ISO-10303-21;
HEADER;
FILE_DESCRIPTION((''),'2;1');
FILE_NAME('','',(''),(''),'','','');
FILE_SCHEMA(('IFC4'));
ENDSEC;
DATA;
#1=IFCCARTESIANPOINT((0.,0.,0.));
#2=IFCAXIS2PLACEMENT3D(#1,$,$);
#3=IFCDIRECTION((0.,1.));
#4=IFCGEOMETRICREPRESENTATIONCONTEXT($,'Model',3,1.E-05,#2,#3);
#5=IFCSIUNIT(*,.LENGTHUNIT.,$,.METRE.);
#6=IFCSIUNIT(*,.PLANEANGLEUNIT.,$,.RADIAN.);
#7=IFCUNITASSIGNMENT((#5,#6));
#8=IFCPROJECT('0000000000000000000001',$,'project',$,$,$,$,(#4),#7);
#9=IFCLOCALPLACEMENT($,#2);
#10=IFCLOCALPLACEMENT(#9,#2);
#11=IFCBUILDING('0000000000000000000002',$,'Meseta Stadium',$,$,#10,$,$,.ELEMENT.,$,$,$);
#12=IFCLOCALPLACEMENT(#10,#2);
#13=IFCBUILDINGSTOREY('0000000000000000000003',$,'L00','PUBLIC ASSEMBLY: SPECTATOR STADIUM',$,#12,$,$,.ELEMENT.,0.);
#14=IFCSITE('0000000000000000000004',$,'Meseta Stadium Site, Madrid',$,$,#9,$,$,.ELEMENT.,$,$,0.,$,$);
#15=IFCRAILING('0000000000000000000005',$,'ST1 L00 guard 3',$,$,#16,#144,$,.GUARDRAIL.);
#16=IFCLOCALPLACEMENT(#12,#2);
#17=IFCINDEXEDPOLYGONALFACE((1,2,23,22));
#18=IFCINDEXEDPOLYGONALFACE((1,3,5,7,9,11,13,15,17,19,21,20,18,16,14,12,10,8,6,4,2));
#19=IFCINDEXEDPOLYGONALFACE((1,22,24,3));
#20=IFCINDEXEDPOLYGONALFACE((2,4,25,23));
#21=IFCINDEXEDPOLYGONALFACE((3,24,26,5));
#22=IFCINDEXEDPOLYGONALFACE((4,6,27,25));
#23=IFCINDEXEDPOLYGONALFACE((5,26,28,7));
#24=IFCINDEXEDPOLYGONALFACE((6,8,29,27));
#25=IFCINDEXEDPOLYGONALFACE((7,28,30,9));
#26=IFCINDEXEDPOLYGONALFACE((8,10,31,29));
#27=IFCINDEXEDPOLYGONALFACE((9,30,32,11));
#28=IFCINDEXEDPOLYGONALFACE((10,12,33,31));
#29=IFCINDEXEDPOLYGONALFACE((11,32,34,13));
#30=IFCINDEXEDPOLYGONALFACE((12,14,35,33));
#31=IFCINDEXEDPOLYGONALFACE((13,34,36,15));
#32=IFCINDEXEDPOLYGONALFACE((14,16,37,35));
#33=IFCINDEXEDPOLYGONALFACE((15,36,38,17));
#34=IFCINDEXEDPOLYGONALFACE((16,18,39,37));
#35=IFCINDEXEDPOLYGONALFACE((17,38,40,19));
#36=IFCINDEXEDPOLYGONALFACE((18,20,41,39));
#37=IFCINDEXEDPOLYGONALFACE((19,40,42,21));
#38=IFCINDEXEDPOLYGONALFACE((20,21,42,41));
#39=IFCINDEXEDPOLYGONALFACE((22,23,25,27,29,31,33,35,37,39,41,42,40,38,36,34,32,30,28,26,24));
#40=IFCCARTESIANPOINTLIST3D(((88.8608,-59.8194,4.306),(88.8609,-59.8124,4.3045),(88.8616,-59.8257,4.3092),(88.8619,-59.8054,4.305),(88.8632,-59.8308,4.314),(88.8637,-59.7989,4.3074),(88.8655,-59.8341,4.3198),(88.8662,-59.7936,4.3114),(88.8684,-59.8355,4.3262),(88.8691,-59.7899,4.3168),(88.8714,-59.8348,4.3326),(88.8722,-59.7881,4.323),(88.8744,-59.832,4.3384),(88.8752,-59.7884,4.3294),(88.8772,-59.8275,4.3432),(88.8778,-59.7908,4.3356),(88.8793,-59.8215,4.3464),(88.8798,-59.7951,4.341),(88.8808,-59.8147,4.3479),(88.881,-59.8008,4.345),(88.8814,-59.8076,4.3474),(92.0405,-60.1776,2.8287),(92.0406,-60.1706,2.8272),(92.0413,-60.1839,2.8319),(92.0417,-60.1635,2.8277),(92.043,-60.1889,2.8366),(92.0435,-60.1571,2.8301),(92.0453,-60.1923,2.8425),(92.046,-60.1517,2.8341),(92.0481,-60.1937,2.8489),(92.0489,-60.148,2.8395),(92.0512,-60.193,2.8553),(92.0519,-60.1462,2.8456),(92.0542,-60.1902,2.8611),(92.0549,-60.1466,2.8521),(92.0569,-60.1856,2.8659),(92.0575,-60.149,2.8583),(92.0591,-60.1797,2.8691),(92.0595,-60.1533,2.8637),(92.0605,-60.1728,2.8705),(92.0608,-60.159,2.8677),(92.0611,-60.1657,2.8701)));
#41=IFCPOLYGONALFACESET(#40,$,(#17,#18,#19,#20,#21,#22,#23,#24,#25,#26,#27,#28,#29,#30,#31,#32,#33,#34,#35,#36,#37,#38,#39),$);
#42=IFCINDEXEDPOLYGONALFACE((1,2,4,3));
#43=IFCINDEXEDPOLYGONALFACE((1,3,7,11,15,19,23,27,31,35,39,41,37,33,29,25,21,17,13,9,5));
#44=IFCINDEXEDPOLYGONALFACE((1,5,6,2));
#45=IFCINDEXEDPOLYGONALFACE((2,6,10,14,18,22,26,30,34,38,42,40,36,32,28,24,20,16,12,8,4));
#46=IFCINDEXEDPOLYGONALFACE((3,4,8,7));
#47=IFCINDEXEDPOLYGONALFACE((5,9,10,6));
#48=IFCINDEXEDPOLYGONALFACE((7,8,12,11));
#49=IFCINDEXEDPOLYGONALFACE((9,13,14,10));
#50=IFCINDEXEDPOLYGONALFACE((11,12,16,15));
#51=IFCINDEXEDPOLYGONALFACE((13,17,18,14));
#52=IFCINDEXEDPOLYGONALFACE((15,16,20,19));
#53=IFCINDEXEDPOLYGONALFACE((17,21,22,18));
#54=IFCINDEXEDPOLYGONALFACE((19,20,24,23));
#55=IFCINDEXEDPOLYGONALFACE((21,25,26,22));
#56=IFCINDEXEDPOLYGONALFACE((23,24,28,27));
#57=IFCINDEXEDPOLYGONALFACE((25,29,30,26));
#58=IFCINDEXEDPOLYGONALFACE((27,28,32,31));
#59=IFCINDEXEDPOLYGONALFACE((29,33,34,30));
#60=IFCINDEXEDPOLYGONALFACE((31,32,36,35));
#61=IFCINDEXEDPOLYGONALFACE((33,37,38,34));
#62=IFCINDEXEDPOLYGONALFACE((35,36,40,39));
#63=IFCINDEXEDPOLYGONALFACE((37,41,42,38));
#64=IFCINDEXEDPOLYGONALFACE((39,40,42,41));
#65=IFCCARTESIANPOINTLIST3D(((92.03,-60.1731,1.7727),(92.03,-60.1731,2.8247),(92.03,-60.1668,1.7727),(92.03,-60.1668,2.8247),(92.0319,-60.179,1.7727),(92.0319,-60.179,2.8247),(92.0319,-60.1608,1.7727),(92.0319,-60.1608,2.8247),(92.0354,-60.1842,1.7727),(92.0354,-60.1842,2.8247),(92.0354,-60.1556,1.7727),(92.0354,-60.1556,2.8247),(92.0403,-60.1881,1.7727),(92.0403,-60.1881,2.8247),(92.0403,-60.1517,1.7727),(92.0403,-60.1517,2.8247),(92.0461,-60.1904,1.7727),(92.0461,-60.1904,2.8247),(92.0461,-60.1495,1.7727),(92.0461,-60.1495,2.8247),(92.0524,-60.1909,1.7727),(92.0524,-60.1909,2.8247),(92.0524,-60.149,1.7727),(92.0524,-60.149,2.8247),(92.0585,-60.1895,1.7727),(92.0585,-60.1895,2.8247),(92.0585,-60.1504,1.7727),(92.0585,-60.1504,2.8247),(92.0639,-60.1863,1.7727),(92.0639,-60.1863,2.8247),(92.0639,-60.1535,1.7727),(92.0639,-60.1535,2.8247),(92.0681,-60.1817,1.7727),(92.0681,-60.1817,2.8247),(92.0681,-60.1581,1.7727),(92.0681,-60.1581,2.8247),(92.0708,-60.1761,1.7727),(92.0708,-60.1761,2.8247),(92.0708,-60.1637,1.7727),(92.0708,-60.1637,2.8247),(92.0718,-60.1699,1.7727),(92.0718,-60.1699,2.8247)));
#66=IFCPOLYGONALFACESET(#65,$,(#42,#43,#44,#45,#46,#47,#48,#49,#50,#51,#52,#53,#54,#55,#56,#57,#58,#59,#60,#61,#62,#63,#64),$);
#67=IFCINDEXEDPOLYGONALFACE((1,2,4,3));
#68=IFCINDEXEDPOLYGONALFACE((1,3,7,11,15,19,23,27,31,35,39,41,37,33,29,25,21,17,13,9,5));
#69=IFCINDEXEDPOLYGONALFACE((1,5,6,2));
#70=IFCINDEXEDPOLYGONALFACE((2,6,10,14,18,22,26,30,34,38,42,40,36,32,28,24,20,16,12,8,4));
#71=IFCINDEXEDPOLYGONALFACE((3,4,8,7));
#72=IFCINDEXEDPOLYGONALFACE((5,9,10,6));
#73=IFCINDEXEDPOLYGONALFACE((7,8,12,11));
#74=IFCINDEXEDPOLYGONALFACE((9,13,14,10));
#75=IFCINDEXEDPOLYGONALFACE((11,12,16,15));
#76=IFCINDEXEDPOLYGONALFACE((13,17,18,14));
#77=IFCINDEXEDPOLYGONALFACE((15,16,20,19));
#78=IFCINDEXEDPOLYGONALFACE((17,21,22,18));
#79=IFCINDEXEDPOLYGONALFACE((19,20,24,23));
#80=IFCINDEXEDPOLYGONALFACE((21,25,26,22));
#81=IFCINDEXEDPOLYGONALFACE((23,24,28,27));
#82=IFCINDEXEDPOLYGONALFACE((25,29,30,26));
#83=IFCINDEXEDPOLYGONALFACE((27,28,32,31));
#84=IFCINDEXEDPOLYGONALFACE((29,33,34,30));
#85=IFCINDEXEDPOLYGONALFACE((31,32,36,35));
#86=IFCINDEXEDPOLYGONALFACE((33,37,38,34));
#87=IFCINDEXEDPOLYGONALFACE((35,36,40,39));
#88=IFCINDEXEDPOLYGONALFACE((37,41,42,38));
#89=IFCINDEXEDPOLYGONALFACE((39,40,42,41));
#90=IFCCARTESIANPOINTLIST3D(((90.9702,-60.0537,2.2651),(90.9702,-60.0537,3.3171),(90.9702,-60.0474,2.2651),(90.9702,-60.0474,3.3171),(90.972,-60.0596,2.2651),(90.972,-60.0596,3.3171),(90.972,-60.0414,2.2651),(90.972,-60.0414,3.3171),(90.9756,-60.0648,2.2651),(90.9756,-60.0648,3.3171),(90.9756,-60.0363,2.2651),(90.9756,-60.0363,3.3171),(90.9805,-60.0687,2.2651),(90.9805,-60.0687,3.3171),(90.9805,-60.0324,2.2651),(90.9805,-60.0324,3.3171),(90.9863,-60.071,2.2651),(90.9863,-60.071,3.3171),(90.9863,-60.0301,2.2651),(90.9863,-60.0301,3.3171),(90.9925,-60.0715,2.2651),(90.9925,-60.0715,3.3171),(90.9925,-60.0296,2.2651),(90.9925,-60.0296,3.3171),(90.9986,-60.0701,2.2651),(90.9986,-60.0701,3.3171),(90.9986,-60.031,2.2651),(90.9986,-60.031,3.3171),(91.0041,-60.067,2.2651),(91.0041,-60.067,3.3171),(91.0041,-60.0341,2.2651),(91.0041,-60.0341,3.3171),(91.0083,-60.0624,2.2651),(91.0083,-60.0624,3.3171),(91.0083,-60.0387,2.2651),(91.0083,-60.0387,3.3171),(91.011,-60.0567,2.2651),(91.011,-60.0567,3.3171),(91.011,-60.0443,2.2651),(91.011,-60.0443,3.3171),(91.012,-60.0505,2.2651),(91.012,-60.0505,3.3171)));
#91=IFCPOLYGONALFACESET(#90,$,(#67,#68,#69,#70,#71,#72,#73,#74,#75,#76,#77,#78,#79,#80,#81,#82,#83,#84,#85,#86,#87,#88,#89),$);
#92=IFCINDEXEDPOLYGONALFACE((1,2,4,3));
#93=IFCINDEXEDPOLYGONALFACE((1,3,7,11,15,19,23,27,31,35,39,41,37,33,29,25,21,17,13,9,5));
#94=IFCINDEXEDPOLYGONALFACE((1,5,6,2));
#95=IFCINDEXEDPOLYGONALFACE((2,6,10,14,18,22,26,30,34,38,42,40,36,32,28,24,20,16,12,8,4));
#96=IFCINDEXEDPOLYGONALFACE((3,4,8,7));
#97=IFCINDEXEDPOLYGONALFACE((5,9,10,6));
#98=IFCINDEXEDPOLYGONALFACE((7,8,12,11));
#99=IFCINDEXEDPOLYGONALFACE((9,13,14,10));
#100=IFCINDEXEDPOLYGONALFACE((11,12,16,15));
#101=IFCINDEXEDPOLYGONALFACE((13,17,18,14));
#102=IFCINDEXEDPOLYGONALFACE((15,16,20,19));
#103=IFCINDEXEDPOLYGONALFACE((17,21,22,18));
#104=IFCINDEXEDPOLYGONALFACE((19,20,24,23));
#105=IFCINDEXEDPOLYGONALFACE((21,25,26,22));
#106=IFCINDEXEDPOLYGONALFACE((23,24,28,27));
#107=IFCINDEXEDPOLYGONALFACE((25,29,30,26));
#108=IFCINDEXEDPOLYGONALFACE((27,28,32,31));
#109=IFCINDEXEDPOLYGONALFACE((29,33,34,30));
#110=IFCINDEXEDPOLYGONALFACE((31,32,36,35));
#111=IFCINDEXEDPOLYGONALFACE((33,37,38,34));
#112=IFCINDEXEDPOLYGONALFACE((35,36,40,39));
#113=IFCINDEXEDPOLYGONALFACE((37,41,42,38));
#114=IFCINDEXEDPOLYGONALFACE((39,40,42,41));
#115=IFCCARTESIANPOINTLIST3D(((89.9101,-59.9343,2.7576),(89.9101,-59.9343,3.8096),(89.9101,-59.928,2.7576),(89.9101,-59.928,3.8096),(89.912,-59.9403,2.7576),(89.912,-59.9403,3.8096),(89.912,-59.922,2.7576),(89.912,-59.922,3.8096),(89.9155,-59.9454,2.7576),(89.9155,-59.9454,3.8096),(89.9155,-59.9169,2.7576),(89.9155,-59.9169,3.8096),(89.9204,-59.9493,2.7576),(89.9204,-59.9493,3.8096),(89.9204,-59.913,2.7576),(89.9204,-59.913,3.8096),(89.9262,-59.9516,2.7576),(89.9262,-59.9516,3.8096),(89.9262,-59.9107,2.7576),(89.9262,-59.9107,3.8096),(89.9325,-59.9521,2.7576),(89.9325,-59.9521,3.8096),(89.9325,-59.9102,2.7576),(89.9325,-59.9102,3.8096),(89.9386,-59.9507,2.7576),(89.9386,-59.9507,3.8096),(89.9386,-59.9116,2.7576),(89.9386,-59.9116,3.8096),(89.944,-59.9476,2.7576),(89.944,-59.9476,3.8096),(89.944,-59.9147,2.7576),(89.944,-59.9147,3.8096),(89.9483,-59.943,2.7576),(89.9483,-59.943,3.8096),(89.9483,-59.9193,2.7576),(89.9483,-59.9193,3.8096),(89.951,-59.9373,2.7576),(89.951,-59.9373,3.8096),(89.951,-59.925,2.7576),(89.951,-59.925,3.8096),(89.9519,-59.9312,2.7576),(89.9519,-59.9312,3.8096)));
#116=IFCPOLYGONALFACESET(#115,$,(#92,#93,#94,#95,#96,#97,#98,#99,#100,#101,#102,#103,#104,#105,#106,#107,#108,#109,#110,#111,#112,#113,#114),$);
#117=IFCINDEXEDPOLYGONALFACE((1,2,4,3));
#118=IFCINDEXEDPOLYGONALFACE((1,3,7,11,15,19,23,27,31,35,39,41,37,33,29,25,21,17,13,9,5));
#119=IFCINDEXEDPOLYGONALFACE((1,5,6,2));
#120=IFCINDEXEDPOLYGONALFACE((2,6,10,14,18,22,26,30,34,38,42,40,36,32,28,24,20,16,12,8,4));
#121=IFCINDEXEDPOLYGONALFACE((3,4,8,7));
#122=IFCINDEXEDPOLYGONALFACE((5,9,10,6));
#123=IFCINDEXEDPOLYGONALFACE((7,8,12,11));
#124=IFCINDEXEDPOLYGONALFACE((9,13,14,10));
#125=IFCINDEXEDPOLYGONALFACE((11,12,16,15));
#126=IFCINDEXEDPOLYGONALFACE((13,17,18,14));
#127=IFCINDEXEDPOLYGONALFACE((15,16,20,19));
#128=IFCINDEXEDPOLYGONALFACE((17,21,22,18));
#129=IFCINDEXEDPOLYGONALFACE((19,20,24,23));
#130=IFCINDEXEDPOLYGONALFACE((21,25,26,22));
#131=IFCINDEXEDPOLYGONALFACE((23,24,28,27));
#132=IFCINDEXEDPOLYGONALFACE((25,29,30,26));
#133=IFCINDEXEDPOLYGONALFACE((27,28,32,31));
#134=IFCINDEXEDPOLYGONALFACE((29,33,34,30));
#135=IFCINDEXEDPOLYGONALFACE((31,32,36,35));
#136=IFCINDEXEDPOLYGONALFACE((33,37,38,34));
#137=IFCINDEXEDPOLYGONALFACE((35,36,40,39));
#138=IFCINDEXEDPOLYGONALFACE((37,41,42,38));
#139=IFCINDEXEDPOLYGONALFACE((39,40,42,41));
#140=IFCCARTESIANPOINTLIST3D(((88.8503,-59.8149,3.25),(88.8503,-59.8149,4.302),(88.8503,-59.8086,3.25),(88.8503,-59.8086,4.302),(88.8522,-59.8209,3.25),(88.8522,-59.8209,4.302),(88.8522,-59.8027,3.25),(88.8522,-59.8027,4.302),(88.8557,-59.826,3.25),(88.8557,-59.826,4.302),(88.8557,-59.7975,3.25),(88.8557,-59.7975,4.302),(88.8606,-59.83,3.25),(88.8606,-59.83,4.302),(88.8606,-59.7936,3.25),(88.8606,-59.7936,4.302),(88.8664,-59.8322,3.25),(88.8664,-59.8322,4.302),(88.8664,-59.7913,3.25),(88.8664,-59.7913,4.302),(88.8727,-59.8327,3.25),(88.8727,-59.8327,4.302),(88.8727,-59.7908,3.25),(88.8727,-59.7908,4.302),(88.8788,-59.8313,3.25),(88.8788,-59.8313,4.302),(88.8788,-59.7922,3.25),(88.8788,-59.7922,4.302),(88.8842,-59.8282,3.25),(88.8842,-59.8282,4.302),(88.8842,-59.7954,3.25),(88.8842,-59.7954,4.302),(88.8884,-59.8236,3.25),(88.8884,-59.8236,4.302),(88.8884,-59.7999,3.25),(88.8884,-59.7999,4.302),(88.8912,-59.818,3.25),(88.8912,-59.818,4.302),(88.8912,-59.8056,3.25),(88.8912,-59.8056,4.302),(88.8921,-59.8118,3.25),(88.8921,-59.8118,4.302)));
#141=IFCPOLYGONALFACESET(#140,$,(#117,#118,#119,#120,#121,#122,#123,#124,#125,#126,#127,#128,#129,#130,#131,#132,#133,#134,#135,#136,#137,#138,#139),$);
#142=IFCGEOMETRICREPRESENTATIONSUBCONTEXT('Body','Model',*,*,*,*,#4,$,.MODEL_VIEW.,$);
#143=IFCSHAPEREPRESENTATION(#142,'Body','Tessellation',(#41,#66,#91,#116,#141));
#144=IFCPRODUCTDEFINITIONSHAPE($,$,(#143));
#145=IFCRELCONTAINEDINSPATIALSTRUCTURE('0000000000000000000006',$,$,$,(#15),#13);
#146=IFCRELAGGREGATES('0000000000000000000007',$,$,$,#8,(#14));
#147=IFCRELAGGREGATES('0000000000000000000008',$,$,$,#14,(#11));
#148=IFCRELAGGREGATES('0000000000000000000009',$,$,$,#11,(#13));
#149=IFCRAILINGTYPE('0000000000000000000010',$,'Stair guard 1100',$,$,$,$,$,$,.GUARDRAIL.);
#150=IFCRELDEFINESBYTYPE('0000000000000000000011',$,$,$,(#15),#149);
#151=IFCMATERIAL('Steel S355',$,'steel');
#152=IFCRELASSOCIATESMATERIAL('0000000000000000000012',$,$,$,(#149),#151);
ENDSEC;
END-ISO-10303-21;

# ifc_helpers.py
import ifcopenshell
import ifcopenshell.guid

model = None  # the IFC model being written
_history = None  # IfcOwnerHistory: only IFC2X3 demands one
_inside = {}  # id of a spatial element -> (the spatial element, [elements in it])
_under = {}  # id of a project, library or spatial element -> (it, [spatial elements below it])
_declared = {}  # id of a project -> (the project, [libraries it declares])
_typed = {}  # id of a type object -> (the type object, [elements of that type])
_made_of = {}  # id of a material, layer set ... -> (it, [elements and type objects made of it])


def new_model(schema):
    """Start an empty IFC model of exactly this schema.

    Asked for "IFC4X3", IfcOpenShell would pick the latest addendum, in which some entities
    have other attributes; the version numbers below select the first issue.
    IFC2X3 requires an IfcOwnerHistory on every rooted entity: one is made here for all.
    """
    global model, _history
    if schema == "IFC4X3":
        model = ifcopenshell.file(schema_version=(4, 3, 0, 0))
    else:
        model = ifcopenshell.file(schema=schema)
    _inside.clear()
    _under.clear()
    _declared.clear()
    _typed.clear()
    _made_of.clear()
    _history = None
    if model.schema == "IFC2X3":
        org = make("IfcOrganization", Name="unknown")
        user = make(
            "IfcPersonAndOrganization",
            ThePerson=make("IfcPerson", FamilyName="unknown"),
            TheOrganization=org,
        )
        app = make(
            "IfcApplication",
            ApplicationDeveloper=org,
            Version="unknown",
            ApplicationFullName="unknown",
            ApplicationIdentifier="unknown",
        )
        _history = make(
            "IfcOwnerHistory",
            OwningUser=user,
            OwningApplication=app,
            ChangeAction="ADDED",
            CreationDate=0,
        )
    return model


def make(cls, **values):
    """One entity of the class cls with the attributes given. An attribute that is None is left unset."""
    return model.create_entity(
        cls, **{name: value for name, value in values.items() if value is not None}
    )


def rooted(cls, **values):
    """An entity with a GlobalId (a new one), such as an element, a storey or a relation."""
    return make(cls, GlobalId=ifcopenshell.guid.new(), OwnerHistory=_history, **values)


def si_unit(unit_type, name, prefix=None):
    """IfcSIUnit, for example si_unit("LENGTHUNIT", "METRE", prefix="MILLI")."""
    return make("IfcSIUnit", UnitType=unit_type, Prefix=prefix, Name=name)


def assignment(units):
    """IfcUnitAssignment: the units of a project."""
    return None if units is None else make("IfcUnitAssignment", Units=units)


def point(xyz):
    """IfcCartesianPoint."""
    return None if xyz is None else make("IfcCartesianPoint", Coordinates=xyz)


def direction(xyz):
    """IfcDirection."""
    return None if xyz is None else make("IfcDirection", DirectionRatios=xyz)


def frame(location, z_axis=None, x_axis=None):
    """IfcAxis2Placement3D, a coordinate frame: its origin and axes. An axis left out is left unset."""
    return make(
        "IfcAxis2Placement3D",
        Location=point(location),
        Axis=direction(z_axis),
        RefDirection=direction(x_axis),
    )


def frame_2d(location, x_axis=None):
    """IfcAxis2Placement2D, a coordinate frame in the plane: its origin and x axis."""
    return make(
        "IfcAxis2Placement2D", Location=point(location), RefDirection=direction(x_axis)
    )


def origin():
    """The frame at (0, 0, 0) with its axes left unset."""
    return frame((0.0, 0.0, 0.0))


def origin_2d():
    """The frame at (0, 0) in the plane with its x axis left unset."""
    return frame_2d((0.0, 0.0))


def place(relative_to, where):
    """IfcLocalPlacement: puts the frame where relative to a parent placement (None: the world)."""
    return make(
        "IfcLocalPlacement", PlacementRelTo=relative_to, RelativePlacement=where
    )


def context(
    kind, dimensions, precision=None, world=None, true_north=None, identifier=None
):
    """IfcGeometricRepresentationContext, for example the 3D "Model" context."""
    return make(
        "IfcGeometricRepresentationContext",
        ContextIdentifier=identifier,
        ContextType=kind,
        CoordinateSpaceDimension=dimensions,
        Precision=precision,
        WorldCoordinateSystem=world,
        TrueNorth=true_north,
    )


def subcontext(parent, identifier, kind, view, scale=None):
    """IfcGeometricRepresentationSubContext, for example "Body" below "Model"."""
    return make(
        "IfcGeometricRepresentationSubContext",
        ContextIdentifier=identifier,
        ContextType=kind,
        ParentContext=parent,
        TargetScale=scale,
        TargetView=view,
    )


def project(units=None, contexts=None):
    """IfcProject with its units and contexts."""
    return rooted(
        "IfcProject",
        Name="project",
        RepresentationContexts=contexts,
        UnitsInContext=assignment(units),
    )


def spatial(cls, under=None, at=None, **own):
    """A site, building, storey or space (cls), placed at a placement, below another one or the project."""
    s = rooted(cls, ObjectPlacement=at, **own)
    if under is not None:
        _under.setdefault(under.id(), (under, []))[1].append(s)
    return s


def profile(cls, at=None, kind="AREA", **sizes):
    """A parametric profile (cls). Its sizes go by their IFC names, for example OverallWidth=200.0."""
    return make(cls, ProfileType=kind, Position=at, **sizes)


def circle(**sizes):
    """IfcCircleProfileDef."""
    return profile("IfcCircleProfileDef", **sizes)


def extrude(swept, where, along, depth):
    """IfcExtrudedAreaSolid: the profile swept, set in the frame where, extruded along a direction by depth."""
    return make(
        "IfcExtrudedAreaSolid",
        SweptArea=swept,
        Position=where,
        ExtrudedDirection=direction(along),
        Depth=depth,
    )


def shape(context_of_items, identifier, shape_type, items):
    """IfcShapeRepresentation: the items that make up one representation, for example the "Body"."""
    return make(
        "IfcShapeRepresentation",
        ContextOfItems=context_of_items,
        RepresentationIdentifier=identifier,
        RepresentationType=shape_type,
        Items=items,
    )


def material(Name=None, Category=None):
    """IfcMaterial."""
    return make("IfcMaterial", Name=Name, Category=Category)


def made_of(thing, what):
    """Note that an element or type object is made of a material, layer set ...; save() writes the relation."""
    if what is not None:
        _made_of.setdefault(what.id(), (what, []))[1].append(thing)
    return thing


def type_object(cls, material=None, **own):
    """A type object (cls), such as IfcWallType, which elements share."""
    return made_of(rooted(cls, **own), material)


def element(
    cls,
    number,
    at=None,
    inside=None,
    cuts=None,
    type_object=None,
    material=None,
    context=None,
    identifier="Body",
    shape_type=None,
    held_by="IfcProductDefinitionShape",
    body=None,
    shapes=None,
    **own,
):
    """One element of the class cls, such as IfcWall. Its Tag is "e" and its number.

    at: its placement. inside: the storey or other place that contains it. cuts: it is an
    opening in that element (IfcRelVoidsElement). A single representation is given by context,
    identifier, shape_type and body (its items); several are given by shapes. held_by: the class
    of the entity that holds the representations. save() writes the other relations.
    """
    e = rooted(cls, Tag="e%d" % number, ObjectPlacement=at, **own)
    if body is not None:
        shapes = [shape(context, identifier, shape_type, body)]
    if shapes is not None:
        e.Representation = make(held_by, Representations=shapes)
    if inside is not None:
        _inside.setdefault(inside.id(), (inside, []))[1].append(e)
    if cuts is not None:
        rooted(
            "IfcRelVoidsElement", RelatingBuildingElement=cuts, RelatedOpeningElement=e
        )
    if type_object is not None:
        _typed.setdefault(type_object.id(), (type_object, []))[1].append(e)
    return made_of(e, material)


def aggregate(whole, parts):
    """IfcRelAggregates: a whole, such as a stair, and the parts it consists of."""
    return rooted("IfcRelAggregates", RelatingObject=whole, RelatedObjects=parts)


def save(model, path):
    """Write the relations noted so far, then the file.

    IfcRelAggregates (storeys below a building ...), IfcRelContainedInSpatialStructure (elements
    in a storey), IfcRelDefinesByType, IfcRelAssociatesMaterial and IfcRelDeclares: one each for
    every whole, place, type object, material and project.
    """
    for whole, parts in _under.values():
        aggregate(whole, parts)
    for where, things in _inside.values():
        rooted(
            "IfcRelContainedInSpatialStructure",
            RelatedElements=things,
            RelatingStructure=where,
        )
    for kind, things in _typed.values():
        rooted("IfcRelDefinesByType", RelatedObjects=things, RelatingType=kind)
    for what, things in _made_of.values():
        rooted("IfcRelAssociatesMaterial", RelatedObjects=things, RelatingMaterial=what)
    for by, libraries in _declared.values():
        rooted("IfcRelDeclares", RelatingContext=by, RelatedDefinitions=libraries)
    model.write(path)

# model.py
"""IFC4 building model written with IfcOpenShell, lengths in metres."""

from ifc_helpers import new_model, si_unit, direction, frame, origin, origin_2d, place, context, subcontext, project, spatial, circle, extrude, material, type_object, element, save


model = new_model("IFC4")

# Units and contexts
model_context = context("Model", 3, precision=1e-05, world=origin(), true_north=direction((0.0, 1.0)))
body_context = subcontext(model_context, "Body", "Model", "MODEL_VIEW")
ifc_project = project(units=[si_unit("LENGTHUNIT", "METRE"), si_unit("PLANEANGLEUNIT", "RADIAN")], contexts=[model_context])

# Site, building, storey
site_placement = place(None, origin())
site = spatial("IfcSite", under=ifc_project, at=site_placement, Name="Meseta Stadium Site, Madrid", CompositionType="ELEMENT", RefElevation=0.0)
building_placement = place(site_placement, origin())
building = spatial("IfcBuilding", under=site, at=building_placement, Name="Meseta Stadium", CompositionType="ELEMENT")
storey_placement = place(building_placement, origin())
storey = spatial("IfcBuildingStorey", under=building, at=storey_placement, Name="L00", Description="PUBLIC ASSEMBLY: SPECTATOR STADIUM", CompositionType="ELEMENT", Elevation=0.0)

# Railing
ifc_material_1 = material(Name="Steel S355", Category="steel")
railing_type_1 = type_object("IfcRailingType", Name="Stair guard 1100", PredefinedType="GUARDRAIL", material=ifc_material_1)
railing_1_placement = place(storey_placement, frame((92.0508, -60.1699, 1.7727)))
element("IfcRailing", 1, at=railing_1_placement, inside=storey, type_object=railing_type_1, Name="ST1 L00 guard 3", PredefinedType="GUARDRAIL", context=body_context, shape_type="SweptSolid", body=[
    extrude(circle(Radius=0.0239, at=origin_2d()), frame((0.0, 0.0, 1.0762), z_axis=(-0.902204, 0.101623, 0.419167), x_axis=(-0.11193, -0.993716, 0.0)), (0.0, 0.0, 1.0), 3.5244),
    extrude(circle(Radius=0.021, at=origin_2d()), origin(), (0.0, 0.0, 1.0), 1.052),
    extrude(circle(Radius=0.021, at=origin_2d()), frame((-1.0598, 0.1194, 0.4924)), (0.0, 0.0, 1.0), 1.052),
    extrude(circle(Radius=0.021, at=origin_2d()), frame((-2.1199, 0.2388, 0.9849)), (0.0, 0.0, 1.0), 1.052),
    extrude(circle(Radius=0.021, at=origin_2d()), frame((-3.1797, 0.3582, 1.4773)), (0.0, 0.0, 1.0), 1.052),
])

save(model, "model.ifc")
